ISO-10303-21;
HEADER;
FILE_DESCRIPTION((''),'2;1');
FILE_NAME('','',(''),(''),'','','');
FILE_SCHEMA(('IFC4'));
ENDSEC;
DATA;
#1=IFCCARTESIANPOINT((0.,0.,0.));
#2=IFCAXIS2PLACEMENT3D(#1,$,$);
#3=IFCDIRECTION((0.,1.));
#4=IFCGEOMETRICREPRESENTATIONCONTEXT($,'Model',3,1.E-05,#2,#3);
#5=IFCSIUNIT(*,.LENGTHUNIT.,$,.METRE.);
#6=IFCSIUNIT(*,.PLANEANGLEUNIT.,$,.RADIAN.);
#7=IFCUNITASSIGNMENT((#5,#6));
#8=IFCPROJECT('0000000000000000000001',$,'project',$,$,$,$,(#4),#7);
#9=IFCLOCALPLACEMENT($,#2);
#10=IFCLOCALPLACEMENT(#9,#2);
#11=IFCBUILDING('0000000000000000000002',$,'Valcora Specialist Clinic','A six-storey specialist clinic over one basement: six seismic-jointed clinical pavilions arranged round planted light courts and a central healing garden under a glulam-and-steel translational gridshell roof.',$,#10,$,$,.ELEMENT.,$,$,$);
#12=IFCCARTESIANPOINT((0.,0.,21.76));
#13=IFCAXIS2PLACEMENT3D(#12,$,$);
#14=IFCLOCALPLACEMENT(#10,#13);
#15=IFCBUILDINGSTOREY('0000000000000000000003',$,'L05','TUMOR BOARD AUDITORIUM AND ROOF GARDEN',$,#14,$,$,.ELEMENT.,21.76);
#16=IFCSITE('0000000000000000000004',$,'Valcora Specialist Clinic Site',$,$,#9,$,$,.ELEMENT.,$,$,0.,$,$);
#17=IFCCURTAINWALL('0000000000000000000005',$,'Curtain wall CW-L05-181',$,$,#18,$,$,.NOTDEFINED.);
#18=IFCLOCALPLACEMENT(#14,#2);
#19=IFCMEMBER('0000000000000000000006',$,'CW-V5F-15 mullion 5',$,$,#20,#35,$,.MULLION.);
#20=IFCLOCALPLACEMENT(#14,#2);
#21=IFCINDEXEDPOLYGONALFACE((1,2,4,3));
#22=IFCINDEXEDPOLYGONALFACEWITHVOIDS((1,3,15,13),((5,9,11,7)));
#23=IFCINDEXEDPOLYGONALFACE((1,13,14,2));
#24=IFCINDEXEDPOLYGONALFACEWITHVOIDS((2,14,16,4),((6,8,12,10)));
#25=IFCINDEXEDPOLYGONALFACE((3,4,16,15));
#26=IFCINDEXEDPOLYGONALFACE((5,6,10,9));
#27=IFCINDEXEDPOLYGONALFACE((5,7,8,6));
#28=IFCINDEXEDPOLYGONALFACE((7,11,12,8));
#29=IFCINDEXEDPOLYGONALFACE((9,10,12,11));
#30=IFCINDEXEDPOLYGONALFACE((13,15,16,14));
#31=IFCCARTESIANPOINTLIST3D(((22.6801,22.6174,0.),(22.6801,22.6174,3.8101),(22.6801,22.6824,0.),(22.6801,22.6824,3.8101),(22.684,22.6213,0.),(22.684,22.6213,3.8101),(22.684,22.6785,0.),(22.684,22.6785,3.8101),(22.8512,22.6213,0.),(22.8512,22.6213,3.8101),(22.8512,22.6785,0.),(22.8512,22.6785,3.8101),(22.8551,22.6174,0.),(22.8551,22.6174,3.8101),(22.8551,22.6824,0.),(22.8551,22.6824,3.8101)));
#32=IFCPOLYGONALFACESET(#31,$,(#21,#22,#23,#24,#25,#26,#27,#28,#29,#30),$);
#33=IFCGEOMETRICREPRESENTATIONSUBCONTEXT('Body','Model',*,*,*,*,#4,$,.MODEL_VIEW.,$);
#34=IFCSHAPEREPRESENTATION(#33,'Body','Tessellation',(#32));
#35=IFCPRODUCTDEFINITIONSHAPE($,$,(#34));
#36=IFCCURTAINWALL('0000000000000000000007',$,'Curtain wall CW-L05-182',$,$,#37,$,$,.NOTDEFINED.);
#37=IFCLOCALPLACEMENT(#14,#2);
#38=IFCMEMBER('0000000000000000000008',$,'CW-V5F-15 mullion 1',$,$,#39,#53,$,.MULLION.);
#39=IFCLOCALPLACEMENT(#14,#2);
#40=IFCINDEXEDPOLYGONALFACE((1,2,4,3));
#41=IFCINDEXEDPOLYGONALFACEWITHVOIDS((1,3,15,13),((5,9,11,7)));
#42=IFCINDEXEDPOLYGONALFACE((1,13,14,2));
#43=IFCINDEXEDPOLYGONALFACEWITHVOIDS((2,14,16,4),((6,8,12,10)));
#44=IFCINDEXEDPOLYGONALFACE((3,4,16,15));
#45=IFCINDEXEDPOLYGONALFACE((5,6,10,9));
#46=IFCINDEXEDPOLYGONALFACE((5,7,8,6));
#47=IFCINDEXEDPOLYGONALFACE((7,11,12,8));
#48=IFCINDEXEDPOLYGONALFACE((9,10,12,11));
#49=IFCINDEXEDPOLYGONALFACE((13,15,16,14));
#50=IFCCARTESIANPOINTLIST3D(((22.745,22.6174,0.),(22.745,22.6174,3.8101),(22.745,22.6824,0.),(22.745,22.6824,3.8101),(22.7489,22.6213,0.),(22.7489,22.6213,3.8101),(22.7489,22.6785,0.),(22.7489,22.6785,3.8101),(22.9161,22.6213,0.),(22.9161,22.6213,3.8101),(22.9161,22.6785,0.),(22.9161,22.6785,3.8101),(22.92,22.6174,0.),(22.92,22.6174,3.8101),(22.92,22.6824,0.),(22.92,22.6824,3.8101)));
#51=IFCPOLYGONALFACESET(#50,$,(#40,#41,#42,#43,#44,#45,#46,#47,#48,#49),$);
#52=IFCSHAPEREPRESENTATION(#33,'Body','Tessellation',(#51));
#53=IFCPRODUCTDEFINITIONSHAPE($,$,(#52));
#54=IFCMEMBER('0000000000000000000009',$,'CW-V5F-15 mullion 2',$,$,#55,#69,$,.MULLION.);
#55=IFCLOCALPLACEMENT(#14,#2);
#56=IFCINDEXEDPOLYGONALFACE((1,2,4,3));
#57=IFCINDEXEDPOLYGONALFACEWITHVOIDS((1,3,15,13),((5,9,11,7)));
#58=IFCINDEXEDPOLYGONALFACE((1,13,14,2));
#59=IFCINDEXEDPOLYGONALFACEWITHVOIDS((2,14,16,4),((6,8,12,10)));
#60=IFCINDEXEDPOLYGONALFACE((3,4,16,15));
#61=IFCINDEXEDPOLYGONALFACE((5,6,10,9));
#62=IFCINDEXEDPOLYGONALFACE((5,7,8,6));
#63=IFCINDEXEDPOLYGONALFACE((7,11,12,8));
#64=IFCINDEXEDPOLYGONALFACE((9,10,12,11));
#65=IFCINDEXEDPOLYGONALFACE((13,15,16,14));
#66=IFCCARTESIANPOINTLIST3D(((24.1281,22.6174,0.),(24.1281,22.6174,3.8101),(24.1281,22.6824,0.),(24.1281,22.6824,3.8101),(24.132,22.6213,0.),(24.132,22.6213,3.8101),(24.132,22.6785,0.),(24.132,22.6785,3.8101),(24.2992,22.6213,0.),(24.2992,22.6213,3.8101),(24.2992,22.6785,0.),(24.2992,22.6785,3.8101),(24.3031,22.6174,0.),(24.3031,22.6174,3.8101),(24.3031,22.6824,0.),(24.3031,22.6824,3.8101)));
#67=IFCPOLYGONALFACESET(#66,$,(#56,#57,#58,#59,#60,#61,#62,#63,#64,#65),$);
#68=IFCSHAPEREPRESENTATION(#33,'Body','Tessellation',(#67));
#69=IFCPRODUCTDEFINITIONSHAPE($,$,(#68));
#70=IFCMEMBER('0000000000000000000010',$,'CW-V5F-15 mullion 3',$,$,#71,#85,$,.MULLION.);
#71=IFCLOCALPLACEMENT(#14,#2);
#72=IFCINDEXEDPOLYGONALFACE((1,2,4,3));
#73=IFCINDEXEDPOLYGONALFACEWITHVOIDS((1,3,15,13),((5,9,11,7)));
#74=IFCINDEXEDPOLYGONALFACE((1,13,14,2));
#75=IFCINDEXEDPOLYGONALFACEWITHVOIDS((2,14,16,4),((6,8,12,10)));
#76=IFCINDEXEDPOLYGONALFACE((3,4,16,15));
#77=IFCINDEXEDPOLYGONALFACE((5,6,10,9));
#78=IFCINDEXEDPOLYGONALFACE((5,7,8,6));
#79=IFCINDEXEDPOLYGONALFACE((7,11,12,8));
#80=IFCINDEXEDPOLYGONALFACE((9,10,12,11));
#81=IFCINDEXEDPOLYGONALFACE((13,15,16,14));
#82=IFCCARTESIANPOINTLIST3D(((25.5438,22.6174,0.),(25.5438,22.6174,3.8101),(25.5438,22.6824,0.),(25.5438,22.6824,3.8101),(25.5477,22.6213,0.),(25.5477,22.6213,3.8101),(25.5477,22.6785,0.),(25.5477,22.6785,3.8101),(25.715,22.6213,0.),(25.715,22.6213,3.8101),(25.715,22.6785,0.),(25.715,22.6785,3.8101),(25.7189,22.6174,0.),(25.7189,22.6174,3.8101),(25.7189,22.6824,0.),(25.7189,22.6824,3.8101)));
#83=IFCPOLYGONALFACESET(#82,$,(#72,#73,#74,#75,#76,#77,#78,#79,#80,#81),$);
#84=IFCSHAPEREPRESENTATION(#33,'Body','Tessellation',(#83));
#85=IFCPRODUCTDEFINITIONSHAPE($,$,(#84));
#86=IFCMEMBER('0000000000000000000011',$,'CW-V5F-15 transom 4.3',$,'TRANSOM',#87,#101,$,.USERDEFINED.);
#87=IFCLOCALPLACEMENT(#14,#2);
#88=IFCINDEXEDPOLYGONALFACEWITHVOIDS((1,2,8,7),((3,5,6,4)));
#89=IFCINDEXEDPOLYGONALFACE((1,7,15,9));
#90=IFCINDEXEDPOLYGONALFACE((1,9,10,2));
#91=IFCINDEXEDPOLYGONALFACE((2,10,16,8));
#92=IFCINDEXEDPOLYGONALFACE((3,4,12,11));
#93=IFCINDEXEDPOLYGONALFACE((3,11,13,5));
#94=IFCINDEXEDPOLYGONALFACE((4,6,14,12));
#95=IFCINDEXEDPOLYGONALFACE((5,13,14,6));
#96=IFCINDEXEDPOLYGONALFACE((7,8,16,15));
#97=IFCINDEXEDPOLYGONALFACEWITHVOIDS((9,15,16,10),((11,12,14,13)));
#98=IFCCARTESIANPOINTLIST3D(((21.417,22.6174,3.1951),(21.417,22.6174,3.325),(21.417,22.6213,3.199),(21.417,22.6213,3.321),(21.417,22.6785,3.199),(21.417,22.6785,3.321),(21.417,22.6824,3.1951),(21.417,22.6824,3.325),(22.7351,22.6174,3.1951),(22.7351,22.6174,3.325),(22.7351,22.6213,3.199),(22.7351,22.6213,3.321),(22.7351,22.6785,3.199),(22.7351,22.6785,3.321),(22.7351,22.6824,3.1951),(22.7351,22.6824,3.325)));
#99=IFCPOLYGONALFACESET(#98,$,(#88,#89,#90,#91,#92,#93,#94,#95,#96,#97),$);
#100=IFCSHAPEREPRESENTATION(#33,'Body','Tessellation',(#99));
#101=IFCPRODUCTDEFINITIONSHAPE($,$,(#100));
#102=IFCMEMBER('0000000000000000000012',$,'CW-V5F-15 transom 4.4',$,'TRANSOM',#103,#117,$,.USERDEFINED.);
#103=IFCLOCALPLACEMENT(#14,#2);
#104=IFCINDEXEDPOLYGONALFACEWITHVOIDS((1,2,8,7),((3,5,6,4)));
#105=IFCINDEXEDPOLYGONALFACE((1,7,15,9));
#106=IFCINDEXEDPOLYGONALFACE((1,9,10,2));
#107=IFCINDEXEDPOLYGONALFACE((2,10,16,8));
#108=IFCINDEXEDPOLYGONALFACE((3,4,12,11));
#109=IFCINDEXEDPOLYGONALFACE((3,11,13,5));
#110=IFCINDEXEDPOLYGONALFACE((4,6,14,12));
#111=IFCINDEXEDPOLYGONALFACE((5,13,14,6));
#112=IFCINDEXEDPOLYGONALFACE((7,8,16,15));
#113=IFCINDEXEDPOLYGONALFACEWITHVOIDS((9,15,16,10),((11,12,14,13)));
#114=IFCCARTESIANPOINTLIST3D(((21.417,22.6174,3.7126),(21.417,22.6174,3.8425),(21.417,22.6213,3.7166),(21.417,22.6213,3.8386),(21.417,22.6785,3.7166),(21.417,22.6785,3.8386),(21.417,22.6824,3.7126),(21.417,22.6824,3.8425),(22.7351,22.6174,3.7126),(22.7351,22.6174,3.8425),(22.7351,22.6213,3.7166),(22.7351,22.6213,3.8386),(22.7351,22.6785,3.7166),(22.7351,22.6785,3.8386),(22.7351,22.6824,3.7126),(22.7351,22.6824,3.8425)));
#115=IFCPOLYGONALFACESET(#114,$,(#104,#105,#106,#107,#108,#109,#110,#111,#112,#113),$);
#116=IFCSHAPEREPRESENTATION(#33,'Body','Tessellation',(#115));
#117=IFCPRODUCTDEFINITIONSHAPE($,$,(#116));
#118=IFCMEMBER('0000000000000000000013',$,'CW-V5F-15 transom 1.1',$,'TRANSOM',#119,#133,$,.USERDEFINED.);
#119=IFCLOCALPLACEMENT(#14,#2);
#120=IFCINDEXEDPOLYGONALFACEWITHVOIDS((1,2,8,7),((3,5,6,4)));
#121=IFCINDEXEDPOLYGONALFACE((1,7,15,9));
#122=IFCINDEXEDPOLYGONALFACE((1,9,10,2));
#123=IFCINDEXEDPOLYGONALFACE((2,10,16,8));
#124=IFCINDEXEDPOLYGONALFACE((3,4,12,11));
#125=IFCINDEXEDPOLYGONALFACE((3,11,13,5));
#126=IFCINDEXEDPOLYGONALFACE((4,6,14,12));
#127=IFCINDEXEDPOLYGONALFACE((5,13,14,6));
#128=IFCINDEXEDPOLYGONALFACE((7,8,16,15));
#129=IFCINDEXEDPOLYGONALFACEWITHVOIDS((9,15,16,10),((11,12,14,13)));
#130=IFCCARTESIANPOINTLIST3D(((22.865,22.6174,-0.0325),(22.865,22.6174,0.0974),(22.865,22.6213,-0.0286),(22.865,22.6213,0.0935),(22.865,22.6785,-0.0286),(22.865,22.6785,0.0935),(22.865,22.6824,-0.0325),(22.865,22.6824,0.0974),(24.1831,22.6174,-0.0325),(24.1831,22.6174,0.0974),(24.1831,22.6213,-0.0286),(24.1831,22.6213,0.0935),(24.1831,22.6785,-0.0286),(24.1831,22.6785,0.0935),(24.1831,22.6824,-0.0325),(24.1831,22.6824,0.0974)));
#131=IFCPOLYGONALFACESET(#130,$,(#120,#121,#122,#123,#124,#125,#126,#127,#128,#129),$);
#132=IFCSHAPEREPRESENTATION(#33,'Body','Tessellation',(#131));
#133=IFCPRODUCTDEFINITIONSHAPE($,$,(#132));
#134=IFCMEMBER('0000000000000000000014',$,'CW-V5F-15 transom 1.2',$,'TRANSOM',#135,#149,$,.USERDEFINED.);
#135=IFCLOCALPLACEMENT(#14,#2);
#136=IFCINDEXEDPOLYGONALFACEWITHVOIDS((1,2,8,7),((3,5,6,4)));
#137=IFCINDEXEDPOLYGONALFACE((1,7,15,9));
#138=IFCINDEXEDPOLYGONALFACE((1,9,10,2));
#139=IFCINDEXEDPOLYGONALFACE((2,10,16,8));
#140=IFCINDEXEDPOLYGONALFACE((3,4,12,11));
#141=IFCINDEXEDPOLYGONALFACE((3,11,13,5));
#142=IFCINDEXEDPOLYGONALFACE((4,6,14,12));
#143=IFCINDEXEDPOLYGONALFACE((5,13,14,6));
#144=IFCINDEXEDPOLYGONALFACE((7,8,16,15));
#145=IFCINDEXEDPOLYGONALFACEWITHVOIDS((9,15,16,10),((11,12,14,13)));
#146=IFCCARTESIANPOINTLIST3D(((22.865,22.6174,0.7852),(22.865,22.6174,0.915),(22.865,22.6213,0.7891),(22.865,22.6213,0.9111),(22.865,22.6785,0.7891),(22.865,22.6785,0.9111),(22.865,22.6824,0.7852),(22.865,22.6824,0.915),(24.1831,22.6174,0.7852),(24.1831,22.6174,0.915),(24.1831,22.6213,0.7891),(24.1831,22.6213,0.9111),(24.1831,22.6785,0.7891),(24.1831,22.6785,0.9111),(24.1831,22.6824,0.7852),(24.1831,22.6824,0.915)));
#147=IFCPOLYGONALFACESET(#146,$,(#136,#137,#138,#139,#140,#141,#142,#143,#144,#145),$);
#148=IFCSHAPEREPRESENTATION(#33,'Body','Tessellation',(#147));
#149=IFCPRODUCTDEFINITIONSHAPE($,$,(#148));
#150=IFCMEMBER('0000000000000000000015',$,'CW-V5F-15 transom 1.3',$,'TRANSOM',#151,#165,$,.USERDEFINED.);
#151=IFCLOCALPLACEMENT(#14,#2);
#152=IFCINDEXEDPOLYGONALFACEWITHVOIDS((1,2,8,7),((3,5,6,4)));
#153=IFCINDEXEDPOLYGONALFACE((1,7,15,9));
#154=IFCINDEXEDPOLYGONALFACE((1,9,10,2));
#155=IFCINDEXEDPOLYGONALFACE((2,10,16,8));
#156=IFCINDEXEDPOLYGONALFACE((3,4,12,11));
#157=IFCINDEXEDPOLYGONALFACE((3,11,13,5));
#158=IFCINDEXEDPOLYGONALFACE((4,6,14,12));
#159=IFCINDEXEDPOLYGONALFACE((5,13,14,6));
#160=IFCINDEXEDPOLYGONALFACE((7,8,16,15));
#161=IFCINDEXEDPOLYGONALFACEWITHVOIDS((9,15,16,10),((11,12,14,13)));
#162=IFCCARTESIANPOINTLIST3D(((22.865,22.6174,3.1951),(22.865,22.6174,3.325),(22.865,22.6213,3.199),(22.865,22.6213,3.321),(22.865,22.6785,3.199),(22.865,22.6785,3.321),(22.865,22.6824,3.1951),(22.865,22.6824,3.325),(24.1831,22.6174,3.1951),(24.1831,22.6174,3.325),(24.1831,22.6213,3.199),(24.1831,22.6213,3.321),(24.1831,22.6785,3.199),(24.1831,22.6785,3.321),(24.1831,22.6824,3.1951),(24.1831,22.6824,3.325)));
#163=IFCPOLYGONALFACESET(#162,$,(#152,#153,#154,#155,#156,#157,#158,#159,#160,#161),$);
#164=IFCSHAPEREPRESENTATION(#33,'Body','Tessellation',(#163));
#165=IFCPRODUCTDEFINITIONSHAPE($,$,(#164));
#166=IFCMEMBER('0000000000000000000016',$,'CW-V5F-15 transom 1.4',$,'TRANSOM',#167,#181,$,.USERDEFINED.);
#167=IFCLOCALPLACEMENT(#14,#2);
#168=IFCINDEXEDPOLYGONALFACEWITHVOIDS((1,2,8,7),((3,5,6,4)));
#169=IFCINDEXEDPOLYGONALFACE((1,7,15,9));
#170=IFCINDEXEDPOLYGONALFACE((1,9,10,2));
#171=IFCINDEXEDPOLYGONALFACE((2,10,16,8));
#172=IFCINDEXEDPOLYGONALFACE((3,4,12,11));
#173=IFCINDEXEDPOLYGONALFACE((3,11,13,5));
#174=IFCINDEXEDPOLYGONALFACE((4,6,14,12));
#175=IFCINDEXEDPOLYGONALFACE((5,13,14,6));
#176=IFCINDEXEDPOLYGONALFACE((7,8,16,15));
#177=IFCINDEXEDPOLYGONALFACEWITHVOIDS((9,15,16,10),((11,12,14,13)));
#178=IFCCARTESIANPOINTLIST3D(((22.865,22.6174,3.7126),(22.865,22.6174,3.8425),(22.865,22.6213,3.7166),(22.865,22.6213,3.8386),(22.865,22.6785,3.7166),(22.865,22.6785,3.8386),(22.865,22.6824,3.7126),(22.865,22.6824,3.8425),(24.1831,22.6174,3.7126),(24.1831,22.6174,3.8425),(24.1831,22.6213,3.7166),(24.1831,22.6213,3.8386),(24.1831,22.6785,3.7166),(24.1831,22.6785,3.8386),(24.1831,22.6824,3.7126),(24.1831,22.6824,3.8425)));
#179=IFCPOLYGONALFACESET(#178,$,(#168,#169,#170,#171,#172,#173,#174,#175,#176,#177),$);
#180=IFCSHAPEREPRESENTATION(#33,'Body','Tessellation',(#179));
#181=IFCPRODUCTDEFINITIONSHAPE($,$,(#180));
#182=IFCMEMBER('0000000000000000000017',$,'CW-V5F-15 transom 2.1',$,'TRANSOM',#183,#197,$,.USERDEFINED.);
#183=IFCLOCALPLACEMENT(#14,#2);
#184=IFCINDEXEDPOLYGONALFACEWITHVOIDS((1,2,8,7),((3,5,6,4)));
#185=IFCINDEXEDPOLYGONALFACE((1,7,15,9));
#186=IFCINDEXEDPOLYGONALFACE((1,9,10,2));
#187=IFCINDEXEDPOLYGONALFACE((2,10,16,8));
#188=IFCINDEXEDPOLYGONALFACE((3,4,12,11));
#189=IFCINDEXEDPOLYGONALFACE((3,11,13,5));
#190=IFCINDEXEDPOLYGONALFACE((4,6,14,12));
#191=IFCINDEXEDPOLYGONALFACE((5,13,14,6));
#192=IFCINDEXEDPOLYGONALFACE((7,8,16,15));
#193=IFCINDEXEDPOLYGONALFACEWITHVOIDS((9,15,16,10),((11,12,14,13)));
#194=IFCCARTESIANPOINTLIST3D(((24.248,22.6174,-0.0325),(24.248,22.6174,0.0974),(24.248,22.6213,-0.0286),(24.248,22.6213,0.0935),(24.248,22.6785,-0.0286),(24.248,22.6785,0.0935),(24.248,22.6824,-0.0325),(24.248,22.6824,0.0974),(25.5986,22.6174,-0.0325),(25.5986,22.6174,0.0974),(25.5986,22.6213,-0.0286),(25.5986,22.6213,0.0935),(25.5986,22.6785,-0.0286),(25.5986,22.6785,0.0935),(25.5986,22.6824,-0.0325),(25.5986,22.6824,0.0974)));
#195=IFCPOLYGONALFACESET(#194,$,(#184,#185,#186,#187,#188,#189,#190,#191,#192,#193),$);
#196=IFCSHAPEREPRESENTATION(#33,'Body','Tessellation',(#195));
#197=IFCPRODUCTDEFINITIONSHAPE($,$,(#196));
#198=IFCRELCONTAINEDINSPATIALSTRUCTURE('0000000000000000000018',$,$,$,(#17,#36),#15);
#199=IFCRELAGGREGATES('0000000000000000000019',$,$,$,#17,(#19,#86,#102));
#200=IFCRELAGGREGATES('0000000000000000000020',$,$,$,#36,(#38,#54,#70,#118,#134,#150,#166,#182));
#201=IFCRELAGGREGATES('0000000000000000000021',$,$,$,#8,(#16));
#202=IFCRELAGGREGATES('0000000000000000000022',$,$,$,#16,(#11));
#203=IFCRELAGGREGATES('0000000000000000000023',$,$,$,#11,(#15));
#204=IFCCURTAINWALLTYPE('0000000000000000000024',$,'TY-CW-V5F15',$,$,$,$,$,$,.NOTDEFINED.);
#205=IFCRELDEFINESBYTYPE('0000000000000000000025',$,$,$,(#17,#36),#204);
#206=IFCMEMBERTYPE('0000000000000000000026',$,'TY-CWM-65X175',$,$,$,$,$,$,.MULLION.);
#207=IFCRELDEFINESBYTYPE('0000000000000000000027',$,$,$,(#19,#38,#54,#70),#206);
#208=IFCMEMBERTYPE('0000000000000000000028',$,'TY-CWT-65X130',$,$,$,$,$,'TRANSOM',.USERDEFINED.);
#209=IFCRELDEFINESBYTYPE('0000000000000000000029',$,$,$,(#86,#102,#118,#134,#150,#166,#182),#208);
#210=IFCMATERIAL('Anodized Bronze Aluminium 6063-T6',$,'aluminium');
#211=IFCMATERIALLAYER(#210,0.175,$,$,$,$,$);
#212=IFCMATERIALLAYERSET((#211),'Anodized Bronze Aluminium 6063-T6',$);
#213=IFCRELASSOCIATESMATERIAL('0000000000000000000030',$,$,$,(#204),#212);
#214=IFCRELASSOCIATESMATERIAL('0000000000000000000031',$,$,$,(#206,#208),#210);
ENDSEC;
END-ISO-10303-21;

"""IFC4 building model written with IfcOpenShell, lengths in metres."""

from ifc_helpers import new_model, si_unit, direction, frame, origin, origin_2d, place, context, subcontext, project, spatial, hollow_rectangle, extrude, material, layer, layer_set, material_profile, profile_set, type_object, element, aggregate, save


model = new_model("IFC4")

# Units and contexts
model_context = context("Model", 3, precision=1e-05, world=origin(), true_north=direction((0.0, 1.0)))
body_context = subcontext(model_context, "Body", "Model", "MODEL_VIEW")
ifc_project = project(units=[si_unit("LENGTHUNIT", "METRE"), si_unit("PLANEANGLEUNIT", "RADIAN")], contexts=[model_context])

# Site, building, storey
site_placement = place(None, origin())
site = spatial("IfcSite", under=ifc_project, at=site_placement, Name="Valcora Specialist Clinic Site", CompositionType="ELEMENT", RefElevation=0.0)
building_placement = place(site_placement, origin())
building = spatial("IfcBuilding", under=site, at=building_placement, Name="Valcora Specialist Clinic", Description="A six-storey specialist clinic over one basement: six seismic-jointed clinical pavilions arranged round planted light courts and a central healing garden under a glulam-and-steel translational gridshell roof.", CompositionType="ELEMENT")
storey_placement = place(building_placement, frame((0.0, 0.0, 21.76)))
storey = spatial("IfcBuildingStorey", under=building, at=storey_placement, Name="L05", Description="TUMOR BOARD AUDITORIUM AND ROOF GARDEN", CompositionType="ELEMENT", Elevation=21.76)

# Curtain wall, member
ifc_material_1 = material(Name="Anodized Bronze Aluminium 6063-T6", Category="aluminium")
ifc_layer_1 = layer(ifc_material_1, 0.175)
ifc_layer_set_1 = layer_set([ifc_layer_1], Name="Anodized Bronze Aluminium 6063-T6")
curtain_wall_type = type_object("IfcCurtainWallType", Name="TY-CW-V5F15", PredefinedType="NOTDEFINED", material=ifc_layer_set_1)
curtain_wall_1_placement = place(storey_placement, origin())
curtain_wall_1 = element("IfcCurtainWall", 1, at=curtain_wall_1_placement, inside=storey, type_object=curtain_wall_type, Name="Curtain wall CW-L05-181", PredefinedType="NOTDEFINED")
ifc_material_profile_1 = material_profile(ifc_material_1, hollow_rectangle(XDim=0.0649, YDim=0.175, WallThickness=0.0039, at=origin_2d()), Name="AL-MUL-65X175")
ifc_profile_set_1 = profile_set([ifc_material_profile_1], Name="Anodized Bronze Aluminium 6063-T6")
member_type_1 = type_object("IfcMemberType", Name="TY-CWM-65X175", PredefinedType="MULLION", material=ifc_profile_set_1)
member_1_placement = place(storey_placement, frame((22.7676, 22.6499, 0.0), z_axis=(0.0, 0.0, 1.0), x_axis=(0.0, 1.0, 0.0)))
member_1 = element("IfcMember", 2, at=member_1_placement, type_object=member_type_1, Name="CW-V5F-15 mullion 5", PredefinedType="MULLION", context=body_context, shape_type="SweptSolid", body=[
    extrude(hollow_rectangle(XDim=0.0649, YDim=0.175, WallThickness=0.0039, at=origin_2d()), origin(), (0.0, 0.0, 1.0), 3.8101),
])

# Curtain wall, members
curtain_wall_2_placement = place(storey_placement, origin())
curtain_wall_2 = element("IfcCurtainWall", 3, at=curtain_wall_2_placement, inside=storey, type_object=curtain_wall_type, Name="Curtain wall CW-L05-182", PredefinedType="NOTDEFINED")
member_2_placement = place(storey_placement, frame((22.8325, 22.6499, 0.0), z_axis=(0.0, 0.0, 1.0), x_axis=(0.0, 1.0, 0.0)))
member_2 = element("IfcMember", 4, at=member_2_placement, type_object=member_type_1, Name="CW-V5F-15 mullion 1", PredefinedType="MULLION", context=body_context, shape_type="SweptSolid", body=[
    extrude(hollow_rectangle(XDim=0.0649, YDim=0.175, WallThickness=0.0039, at=origin_2d()), origin(), (0.0, 0.0, 1.0), 3.8101),
])
member_3_placement = place(storey_placement, frame((24.2156, 22.6499, 0.0), z_axis=(0.0, 0.0, 1.0), x_axis=(0.0, 1.0, 0.0)))
member_3 = element("IfcMember", 5, at=member_3_placement, type_object=member_type_1, Name="CW-V5F-15 mullion 2", PredefinedType="MULLION", context=body_context, shape_type="SweptSolid", body=[
    extrude(hollow_rectangle(XDim=0.0649, YDim=0.175, WallThickness=0.0039, at=origin_2d()), origin(), (0.0, 0.0, 1.0), 3.8101),
])
member_4_placement = place(storey_placement, frame((25.6313, 22.6499, 0.0), z_axis=(0.0, 0.0, 1.0), x_axis=(0.0, 1.0, 0.0)))
member_4 = element("IfcMember", 6, at=member_4_placement, type_object=member_type_1, Name="CW-V5F-15 mullion 3", PredefinedType="MULLION", context=body_context, shape_type="SweptSolid", body=[
    extrude(hollow_rectangle(XDim=0.0649, YDim=0.175, WallThickness=0.0039, at=origin_2d()), origin(), (0.0, 0.0, 1.0), 3.8101),
])

# Members
ifc_material_profile_2 = material_profile(ifc_material_1, hollow_rectangle(XDim=0.0649, YDim=0.1299, WallThickness=0.0039, at=origin_2d()), Name="AL-TRN-65X130")
ifc_profile_set_2 = profile_set([ifc_material_profile_2], Name="Anodized Bronze Aluminium 6063-T6")
member_type_2 = type_object("IfcMemberType", Name="TY-CWT-65X130", ElementType="TRANSOM", PredefinedType="USERDEFINED", material=ifc_profile_set_2)
member_5_placement = place(storey_placement, frame((21.417, 22.6499, 3.26), z_axis=(1.0, 0.0, 0.0), x_axis=(0.0, 1.0, 0.0)))
member_5 = element("IfcMember", 7, at=member_5_placement, type_object=member_type_2, Name="CW-V5F-15 transom 4.3", ObjectType="TRANSOM", PredefinedType="USERDEFINED", context=body_context, shape_type="SweptSolid", body=[
    extrude(hollow_rectangle(XDim=0.0649, YDim=0.1299, WallThickness=0.0039, at=origin_2d()), origin(), (0.0, 0.0, 1.0), 1.3181),
])
member_6_placement = place(storey_placement, frame((21.417, 22.6499, 3.7776), z_axis=(1.0, 0.0, 0.0), x_axis=(0.0, 1.0, 0.0)))
member_6 = element("IfcMember", 8, at=member_6_placement, type_object=member_type_2, Name="CW-V5F-15 transom 4.4", ObjectType="TRANSOM", PredefinedType="USERDEFINED", context=body_context, shape_type="SweptSolid", body=[
    extrude(hollow_rectangle(XDim=0.0649, YDim=0.1299, WallThickness=0.0039, at=origin_2d()), origin(), (0.0, 0.0, 1.0), 1.3181),
])
member_7_placement = place(storey_placement, frame((22.865, 22.6499, 0.0325), z_axis=(1.0, 0.0, 0.0), x_axis=(0.0, 1.0, 0.0)))
member_7 = element("IfcMember", 9, at=member_7_placement, type_object=member_type_2, Name="CW-V5F-15 transom 1.1", ObjectType="TRANSOM", PredefinedType="USERDEFINED", context=body_context, shape_type="SweptSolid", body=[
    extrude(hollow_rectangle(XDim=0.0649, YDim=0.1299, WallThickness=0.0039, at=origin_2d()), origin(), (0.0, 0.0, 1.0), 1.3181),
])
member_8_placement = place(storey_placement, frame((22.865, 22.6499, 0.8501), z_axis=(1.0, 0.0, 0.0), x_axis=(0.0, 1.0, 0.0)))
member_8 = element("IfcMember", 10, at=member_8_placement, type_object=member_type_2, Name="CW-V5F-15 transom 1.2", ObjectType="TRANSOM", PredefinedType="USERDEFINED", context=body_context, shape_type="SweptSolid", body=[
    extrude(hollow_rectangle(XDim=0.0649, YDim=0.1299, WallThickness=0.0039, at=origin_2d()), origin(), (0.0, 0.0, 1.0), 1.3181),
])
member_9_placement = place(storey_placement, frame((22.865, 22.6499, 3.26), z_axis=(1.0, 0.0, 0.0), x_axis=(0.0, 1.0, 0.0)))
member_9 = element("IfcMember", 11, at=member_9_placement, type_object=member_type_2, Name="CW-V5F-15 transom 1.3", ObjectType="TRANSOM", PredefinedType="USERDEFINED", context=body_context, shape_type="SweptSolid", body=[
    extrude(hollow_rectangle(XDim=0.0649, YDim=0.1299, WallThickness=0.0039, at=origin_2d()), origin(), (0.0, 0.0, 1.0), 1.3181),
])
member_10_placement = place(storey_placement, frame((22.865, 22.6499, 3.7776), z_axis=(1.0, 0.0, 0.0), x_axis=(0.0, 1.0, 0.0)))
member_10 = element("IfcMember", 12, at=member_10_placement, type_object=member_type_2, Name="CW-V5F-15 transom 1.4", ObjectType="TRANSOM", PredefinedType="USERDEFINED", context=body_context, shape_type="SweptSolid", body=[
    extrude(hollow_rectangle(XDim=0.0649, YDim=0.1299, WallThickness=0.0039, at=origin_2d()), origin(), (0.0, 0.0, 1.0), 1.3181),
])
member_11_placement = place(storey_placement, frame((24.248, 22.6499, 0.0325), z_axis=(1.0, 0.0, 0.0), x_axis=(0.0, 1.0, 0.0)))
member_11 = element("IfcMember", 13, at=member_11_placement, type_object=member_type_2, Name="CW-V5F-15 transom 2.1", ObjectType="TRANSOM", PredefinedType="USERDEFINED", context=body_context, shape_type="SweptSolid", body=[
    extrude(hollow_rectangle(XDim=0.0649, YDim=0.1299, WallThickness=0.0039, at=origin_2d()), origin(), (0.0, 0.0, 1.0), 1.3506),
])

aggregate(curtain_wall_1, [member_1, member_5, member_6])
aggregate(curtain_wall_2, [member_2, member_3, member_4, member_7, member_8, member_9, member_10, member_11])

save(model, "model.ifc")
